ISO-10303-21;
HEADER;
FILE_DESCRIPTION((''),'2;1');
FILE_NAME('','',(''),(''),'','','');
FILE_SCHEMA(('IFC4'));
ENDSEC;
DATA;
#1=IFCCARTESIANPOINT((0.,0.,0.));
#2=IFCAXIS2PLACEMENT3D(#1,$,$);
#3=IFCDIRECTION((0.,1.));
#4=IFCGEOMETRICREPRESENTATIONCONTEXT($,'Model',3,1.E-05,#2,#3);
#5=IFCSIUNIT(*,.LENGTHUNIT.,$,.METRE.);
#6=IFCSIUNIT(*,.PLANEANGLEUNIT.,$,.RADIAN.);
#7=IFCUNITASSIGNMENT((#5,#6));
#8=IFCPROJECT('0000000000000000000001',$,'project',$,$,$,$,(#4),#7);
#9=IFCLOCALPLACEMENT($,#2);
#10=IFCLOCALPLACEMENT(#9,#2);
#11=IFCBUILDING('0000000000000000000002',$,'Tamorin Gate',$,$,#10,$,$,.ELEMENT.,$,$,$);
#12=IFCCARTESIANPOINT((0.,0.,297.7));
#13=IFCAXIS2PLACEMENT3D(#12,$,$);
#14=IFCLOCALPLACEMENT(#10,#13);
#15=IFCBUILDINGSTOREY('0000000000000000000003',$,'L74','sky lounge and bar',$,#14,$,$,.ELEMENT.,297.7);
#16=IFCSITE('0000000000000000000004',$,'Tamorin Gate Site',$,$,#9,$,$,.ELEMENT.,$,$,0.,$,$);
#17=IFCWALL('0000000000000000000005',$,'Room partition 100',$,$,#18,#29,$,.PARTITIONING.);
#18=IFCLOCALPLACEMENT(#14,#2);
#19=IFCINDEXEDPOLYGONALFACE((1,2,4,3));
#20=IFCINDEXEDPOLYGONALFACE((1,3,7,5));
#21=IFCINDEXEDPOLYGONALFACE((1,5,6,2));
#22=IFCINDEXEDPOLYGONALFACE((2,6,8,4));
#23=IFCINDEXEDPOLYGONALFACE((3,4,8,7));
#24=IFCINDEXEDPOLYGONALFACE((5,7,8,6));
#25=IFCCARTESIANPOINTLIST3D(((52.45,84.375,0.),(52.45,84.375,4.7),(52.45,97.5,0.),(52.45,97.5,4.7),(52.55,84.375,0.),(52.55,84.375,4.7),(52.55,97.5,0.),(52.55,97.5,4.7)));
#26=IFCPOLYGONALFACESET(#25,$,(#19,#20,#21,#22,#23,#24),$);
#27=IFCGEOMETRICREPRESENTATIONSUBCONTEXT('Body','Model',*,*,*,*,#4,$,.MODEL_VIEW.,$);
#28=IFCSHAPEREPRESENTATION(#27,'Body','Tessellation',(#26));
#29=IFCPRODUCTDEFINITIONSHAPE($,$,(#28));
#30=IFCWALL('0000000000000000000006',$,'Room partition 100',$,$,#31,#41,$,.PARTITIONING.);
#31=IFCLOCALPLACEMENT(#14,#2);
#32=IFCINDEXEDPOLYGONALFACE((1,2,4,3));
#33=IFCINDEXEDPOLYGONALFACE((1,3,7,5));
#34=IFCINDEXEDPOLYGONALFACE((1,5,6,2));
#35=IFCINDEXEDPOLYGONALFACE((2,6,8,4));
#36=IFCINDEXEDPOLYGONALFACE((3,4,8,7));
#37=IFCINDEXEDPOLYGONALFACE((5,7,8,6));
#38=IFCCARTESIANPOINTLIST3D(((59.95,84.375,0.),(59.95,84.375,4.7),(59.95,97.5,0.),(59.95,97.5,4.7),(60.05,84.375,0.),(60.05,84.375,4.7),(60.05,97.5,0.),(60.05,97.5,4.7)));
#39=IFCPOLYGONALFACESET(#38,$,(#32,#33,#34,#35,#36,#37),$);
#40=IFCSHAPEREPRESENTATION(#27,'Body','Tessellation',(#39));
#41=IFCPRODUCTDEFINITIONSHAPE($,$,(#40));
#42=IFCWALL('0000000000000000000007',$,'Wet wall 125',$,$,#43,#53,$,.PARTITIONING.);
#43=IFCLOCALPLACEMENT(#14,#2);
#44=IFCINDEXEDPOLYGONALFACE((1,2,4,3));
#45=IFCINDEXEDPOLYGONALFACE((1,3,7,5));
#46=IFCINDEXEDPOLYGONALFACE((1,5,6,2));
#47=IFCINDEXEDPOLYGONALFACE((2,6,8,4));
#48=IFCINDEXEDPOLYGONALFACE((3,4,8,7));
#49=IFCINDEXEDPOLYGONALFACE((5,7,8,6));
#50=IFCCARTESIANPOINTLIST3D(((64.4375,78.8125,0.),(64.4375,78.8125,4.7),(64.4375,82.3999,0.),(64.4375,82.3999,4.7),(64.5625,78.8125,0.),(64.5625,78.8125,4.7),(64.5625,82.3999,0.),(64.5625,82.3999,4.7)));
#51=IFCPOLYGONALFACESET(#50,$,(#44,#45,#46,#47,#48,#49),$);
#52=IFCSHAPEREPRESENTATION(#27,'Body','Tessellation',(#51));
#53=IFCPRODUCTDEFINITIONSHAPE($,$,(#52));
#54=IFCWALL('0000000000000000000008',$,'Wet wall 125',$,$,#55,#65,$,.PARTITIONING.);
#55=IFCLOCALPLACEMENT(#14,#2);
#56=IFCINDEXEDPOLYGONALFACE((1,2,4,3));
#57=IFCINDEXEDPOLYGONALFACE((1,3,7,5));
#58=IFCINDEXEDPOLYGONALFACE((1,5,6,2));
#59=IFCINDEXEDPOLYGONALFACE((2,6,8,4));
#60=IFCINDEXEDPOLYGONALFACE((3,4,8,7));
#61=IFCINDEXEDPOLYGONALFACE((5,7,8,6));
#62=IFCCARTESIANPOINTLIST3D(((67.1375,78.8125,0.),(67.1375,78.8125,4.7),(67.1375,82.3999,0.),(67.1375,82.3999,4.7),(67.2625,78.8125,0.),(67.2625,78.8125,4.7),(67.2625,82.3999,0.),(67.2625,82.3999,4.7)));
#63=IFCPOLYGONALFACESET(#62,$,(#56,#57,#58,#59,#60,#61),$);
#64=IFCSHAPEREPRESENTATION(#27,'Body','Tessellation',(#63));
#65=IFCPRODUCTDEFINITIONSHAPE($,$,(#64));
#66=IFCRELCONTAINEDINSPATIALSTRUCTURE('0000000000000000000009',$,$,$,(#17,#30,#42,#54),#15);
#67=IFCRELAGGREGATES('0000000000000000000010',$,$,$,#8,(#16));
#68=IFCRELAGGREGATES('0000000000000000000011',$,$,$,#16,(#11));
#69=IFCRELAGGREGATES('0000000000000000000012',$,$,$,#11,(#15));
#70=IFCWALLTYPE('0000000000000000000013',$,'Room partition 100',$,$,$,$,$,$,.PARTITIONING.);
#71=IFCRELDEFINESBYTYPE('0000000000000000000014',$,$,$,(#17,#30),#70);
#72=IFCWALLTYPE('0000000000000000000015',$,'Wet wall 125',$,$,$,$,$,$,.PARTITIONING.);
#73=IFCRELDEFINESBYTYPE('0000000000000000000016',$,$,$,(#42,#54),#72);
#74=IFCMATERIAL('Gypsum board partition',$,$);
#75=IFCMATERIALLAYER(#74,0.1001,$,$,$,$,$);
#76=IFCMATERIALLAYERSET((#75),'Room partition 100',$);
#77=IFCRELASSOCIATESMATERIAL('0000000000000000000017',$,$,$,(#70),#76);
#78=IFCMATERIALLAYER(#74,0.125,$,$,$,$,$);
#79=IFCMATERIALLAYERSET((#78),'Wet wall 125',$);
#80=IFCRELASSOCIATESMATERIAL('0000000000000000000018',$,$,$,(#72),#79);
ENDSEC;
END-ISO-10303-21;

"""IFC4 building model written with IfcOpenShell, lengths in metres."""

from ifc_helpers import new_model, si_unit, direction, frame, frame_2d, origin, place, context, subcontext, project, spatial, rectangle, extrude, material, layer, layer_set, type_object, element, save


model = new_model("IFC4")

# Units and contexts
model_context = context("Model", 3, precision=1e-05, world=origin(), true_north=direction((0.0, 1.0)))
body_context = subcontext(model_context, "Body", "Model", "MODEL_VIEW")
ifc_project = project(units=[si_unit("LENGTHUNIT", "METRE"), si_unit("PLANEANGLEUNIT", "RADIAN")], contexts=[model_context])

# Site, building, storey
site_placement = place(None, origin())
site = spatial("IfcSite", under=ifc_project, at=site_placement, Name="Tamorin Gate Site", CompositionType="ELEMENT", RefElevation=0.0)
building_placement = place(site_placement, origin())
building = spatial("IfcBuilding", under=site, at=building_placement, Name="Tamorin Gate", CompositionType="ELEMENT")
storey_placement = place(building_placement, frame((0.0, 0.0, 297.7)))
storey = spatial("IfcBuildingStorey", under=building, at=storey_placement, Name="L74", Description="sky lounge and bar", CompositionType="ELEMENT", Elevation=297.7)

# Walls
ifc_material_1 = material(Name="Gypsum board partition")
ifc_layer_1 = layer(ifc_material_1, 0.1001)
ifc_layer_set_1 = layer_set([ifc_layer_1], Name="Room partition 100")
wall_type_1 = type_object("IfcWallType", Name="Room partition 100", PredefinedType="PARTITIONING", material=ifc_layer_set_1)
for number, where, z_axis, x_axis, name in (
    (1, (52.5, 84.375, 0.0), (0.0, 0.0, 1.0), (0.0, 1.0, 0.0), "Room partition 100"),
    (2, (60.0, 84.375, 0.0), (0.0, 0.0, 1.0), (0.0, 1.0, 0.0), "Room partition 100"),
):
    element("IfcWall", number, at=place(storey_placement, frame(where, z_axis=z_axis, x_axis=x_axis)), inside=storey, type_object=wall_type_1, Name=name, PredefinedType="PARTITIONING", context=body_context, shape_type="SweptSolid", body=[
        extrude(rectangle(XDim=13.125, YDim=0.1001, at=frame_2d((6.5625, 0.0))), origin(), (0.0, 0.0, 1.0), 4.7),
    ])
ifc_layer_2 = layer(ifc_material_1, 0.125)
ifc_layer_set_2 = layer_set([ifc_layer_2], Name="Wet wall 125")
wall_type_2 = type_object("IfcWallType", Name="Wet wall 125", PredefinedType="PARTITIONING", material=ifc_layer_set_2)
for number, where, z_axis, x_axis, name in (
    (3, (64.5, 78.8125, 0.0), (0.0, 0.0, 1.0), (0.0, 1.0, 0.0), "Wet wall 125"),
    (4, (67.2, 78.8125, 0.0), (0.0, 0.0, 1.0), (0.0, 1.0, 0.0), "Wet wall 125"),
):
    element("IfcWall", number, at=place(storey_placement, frame(where, z_axis=z_axis, x_axis=x_axis)), inside=storey, type_object=wall_type_2, Name=name, PredefinedType="PARTITIONING", context=body_context, shape_type="SweptSolid", body=[
        extrude(rectangle(XDim=3.5874, YDim=0.125, at=frame_2d((1.7937, 0.0))), origin(), (0.0, 0.0, 1.0), 4.7),
    ])

save(model, "model.ifc")
